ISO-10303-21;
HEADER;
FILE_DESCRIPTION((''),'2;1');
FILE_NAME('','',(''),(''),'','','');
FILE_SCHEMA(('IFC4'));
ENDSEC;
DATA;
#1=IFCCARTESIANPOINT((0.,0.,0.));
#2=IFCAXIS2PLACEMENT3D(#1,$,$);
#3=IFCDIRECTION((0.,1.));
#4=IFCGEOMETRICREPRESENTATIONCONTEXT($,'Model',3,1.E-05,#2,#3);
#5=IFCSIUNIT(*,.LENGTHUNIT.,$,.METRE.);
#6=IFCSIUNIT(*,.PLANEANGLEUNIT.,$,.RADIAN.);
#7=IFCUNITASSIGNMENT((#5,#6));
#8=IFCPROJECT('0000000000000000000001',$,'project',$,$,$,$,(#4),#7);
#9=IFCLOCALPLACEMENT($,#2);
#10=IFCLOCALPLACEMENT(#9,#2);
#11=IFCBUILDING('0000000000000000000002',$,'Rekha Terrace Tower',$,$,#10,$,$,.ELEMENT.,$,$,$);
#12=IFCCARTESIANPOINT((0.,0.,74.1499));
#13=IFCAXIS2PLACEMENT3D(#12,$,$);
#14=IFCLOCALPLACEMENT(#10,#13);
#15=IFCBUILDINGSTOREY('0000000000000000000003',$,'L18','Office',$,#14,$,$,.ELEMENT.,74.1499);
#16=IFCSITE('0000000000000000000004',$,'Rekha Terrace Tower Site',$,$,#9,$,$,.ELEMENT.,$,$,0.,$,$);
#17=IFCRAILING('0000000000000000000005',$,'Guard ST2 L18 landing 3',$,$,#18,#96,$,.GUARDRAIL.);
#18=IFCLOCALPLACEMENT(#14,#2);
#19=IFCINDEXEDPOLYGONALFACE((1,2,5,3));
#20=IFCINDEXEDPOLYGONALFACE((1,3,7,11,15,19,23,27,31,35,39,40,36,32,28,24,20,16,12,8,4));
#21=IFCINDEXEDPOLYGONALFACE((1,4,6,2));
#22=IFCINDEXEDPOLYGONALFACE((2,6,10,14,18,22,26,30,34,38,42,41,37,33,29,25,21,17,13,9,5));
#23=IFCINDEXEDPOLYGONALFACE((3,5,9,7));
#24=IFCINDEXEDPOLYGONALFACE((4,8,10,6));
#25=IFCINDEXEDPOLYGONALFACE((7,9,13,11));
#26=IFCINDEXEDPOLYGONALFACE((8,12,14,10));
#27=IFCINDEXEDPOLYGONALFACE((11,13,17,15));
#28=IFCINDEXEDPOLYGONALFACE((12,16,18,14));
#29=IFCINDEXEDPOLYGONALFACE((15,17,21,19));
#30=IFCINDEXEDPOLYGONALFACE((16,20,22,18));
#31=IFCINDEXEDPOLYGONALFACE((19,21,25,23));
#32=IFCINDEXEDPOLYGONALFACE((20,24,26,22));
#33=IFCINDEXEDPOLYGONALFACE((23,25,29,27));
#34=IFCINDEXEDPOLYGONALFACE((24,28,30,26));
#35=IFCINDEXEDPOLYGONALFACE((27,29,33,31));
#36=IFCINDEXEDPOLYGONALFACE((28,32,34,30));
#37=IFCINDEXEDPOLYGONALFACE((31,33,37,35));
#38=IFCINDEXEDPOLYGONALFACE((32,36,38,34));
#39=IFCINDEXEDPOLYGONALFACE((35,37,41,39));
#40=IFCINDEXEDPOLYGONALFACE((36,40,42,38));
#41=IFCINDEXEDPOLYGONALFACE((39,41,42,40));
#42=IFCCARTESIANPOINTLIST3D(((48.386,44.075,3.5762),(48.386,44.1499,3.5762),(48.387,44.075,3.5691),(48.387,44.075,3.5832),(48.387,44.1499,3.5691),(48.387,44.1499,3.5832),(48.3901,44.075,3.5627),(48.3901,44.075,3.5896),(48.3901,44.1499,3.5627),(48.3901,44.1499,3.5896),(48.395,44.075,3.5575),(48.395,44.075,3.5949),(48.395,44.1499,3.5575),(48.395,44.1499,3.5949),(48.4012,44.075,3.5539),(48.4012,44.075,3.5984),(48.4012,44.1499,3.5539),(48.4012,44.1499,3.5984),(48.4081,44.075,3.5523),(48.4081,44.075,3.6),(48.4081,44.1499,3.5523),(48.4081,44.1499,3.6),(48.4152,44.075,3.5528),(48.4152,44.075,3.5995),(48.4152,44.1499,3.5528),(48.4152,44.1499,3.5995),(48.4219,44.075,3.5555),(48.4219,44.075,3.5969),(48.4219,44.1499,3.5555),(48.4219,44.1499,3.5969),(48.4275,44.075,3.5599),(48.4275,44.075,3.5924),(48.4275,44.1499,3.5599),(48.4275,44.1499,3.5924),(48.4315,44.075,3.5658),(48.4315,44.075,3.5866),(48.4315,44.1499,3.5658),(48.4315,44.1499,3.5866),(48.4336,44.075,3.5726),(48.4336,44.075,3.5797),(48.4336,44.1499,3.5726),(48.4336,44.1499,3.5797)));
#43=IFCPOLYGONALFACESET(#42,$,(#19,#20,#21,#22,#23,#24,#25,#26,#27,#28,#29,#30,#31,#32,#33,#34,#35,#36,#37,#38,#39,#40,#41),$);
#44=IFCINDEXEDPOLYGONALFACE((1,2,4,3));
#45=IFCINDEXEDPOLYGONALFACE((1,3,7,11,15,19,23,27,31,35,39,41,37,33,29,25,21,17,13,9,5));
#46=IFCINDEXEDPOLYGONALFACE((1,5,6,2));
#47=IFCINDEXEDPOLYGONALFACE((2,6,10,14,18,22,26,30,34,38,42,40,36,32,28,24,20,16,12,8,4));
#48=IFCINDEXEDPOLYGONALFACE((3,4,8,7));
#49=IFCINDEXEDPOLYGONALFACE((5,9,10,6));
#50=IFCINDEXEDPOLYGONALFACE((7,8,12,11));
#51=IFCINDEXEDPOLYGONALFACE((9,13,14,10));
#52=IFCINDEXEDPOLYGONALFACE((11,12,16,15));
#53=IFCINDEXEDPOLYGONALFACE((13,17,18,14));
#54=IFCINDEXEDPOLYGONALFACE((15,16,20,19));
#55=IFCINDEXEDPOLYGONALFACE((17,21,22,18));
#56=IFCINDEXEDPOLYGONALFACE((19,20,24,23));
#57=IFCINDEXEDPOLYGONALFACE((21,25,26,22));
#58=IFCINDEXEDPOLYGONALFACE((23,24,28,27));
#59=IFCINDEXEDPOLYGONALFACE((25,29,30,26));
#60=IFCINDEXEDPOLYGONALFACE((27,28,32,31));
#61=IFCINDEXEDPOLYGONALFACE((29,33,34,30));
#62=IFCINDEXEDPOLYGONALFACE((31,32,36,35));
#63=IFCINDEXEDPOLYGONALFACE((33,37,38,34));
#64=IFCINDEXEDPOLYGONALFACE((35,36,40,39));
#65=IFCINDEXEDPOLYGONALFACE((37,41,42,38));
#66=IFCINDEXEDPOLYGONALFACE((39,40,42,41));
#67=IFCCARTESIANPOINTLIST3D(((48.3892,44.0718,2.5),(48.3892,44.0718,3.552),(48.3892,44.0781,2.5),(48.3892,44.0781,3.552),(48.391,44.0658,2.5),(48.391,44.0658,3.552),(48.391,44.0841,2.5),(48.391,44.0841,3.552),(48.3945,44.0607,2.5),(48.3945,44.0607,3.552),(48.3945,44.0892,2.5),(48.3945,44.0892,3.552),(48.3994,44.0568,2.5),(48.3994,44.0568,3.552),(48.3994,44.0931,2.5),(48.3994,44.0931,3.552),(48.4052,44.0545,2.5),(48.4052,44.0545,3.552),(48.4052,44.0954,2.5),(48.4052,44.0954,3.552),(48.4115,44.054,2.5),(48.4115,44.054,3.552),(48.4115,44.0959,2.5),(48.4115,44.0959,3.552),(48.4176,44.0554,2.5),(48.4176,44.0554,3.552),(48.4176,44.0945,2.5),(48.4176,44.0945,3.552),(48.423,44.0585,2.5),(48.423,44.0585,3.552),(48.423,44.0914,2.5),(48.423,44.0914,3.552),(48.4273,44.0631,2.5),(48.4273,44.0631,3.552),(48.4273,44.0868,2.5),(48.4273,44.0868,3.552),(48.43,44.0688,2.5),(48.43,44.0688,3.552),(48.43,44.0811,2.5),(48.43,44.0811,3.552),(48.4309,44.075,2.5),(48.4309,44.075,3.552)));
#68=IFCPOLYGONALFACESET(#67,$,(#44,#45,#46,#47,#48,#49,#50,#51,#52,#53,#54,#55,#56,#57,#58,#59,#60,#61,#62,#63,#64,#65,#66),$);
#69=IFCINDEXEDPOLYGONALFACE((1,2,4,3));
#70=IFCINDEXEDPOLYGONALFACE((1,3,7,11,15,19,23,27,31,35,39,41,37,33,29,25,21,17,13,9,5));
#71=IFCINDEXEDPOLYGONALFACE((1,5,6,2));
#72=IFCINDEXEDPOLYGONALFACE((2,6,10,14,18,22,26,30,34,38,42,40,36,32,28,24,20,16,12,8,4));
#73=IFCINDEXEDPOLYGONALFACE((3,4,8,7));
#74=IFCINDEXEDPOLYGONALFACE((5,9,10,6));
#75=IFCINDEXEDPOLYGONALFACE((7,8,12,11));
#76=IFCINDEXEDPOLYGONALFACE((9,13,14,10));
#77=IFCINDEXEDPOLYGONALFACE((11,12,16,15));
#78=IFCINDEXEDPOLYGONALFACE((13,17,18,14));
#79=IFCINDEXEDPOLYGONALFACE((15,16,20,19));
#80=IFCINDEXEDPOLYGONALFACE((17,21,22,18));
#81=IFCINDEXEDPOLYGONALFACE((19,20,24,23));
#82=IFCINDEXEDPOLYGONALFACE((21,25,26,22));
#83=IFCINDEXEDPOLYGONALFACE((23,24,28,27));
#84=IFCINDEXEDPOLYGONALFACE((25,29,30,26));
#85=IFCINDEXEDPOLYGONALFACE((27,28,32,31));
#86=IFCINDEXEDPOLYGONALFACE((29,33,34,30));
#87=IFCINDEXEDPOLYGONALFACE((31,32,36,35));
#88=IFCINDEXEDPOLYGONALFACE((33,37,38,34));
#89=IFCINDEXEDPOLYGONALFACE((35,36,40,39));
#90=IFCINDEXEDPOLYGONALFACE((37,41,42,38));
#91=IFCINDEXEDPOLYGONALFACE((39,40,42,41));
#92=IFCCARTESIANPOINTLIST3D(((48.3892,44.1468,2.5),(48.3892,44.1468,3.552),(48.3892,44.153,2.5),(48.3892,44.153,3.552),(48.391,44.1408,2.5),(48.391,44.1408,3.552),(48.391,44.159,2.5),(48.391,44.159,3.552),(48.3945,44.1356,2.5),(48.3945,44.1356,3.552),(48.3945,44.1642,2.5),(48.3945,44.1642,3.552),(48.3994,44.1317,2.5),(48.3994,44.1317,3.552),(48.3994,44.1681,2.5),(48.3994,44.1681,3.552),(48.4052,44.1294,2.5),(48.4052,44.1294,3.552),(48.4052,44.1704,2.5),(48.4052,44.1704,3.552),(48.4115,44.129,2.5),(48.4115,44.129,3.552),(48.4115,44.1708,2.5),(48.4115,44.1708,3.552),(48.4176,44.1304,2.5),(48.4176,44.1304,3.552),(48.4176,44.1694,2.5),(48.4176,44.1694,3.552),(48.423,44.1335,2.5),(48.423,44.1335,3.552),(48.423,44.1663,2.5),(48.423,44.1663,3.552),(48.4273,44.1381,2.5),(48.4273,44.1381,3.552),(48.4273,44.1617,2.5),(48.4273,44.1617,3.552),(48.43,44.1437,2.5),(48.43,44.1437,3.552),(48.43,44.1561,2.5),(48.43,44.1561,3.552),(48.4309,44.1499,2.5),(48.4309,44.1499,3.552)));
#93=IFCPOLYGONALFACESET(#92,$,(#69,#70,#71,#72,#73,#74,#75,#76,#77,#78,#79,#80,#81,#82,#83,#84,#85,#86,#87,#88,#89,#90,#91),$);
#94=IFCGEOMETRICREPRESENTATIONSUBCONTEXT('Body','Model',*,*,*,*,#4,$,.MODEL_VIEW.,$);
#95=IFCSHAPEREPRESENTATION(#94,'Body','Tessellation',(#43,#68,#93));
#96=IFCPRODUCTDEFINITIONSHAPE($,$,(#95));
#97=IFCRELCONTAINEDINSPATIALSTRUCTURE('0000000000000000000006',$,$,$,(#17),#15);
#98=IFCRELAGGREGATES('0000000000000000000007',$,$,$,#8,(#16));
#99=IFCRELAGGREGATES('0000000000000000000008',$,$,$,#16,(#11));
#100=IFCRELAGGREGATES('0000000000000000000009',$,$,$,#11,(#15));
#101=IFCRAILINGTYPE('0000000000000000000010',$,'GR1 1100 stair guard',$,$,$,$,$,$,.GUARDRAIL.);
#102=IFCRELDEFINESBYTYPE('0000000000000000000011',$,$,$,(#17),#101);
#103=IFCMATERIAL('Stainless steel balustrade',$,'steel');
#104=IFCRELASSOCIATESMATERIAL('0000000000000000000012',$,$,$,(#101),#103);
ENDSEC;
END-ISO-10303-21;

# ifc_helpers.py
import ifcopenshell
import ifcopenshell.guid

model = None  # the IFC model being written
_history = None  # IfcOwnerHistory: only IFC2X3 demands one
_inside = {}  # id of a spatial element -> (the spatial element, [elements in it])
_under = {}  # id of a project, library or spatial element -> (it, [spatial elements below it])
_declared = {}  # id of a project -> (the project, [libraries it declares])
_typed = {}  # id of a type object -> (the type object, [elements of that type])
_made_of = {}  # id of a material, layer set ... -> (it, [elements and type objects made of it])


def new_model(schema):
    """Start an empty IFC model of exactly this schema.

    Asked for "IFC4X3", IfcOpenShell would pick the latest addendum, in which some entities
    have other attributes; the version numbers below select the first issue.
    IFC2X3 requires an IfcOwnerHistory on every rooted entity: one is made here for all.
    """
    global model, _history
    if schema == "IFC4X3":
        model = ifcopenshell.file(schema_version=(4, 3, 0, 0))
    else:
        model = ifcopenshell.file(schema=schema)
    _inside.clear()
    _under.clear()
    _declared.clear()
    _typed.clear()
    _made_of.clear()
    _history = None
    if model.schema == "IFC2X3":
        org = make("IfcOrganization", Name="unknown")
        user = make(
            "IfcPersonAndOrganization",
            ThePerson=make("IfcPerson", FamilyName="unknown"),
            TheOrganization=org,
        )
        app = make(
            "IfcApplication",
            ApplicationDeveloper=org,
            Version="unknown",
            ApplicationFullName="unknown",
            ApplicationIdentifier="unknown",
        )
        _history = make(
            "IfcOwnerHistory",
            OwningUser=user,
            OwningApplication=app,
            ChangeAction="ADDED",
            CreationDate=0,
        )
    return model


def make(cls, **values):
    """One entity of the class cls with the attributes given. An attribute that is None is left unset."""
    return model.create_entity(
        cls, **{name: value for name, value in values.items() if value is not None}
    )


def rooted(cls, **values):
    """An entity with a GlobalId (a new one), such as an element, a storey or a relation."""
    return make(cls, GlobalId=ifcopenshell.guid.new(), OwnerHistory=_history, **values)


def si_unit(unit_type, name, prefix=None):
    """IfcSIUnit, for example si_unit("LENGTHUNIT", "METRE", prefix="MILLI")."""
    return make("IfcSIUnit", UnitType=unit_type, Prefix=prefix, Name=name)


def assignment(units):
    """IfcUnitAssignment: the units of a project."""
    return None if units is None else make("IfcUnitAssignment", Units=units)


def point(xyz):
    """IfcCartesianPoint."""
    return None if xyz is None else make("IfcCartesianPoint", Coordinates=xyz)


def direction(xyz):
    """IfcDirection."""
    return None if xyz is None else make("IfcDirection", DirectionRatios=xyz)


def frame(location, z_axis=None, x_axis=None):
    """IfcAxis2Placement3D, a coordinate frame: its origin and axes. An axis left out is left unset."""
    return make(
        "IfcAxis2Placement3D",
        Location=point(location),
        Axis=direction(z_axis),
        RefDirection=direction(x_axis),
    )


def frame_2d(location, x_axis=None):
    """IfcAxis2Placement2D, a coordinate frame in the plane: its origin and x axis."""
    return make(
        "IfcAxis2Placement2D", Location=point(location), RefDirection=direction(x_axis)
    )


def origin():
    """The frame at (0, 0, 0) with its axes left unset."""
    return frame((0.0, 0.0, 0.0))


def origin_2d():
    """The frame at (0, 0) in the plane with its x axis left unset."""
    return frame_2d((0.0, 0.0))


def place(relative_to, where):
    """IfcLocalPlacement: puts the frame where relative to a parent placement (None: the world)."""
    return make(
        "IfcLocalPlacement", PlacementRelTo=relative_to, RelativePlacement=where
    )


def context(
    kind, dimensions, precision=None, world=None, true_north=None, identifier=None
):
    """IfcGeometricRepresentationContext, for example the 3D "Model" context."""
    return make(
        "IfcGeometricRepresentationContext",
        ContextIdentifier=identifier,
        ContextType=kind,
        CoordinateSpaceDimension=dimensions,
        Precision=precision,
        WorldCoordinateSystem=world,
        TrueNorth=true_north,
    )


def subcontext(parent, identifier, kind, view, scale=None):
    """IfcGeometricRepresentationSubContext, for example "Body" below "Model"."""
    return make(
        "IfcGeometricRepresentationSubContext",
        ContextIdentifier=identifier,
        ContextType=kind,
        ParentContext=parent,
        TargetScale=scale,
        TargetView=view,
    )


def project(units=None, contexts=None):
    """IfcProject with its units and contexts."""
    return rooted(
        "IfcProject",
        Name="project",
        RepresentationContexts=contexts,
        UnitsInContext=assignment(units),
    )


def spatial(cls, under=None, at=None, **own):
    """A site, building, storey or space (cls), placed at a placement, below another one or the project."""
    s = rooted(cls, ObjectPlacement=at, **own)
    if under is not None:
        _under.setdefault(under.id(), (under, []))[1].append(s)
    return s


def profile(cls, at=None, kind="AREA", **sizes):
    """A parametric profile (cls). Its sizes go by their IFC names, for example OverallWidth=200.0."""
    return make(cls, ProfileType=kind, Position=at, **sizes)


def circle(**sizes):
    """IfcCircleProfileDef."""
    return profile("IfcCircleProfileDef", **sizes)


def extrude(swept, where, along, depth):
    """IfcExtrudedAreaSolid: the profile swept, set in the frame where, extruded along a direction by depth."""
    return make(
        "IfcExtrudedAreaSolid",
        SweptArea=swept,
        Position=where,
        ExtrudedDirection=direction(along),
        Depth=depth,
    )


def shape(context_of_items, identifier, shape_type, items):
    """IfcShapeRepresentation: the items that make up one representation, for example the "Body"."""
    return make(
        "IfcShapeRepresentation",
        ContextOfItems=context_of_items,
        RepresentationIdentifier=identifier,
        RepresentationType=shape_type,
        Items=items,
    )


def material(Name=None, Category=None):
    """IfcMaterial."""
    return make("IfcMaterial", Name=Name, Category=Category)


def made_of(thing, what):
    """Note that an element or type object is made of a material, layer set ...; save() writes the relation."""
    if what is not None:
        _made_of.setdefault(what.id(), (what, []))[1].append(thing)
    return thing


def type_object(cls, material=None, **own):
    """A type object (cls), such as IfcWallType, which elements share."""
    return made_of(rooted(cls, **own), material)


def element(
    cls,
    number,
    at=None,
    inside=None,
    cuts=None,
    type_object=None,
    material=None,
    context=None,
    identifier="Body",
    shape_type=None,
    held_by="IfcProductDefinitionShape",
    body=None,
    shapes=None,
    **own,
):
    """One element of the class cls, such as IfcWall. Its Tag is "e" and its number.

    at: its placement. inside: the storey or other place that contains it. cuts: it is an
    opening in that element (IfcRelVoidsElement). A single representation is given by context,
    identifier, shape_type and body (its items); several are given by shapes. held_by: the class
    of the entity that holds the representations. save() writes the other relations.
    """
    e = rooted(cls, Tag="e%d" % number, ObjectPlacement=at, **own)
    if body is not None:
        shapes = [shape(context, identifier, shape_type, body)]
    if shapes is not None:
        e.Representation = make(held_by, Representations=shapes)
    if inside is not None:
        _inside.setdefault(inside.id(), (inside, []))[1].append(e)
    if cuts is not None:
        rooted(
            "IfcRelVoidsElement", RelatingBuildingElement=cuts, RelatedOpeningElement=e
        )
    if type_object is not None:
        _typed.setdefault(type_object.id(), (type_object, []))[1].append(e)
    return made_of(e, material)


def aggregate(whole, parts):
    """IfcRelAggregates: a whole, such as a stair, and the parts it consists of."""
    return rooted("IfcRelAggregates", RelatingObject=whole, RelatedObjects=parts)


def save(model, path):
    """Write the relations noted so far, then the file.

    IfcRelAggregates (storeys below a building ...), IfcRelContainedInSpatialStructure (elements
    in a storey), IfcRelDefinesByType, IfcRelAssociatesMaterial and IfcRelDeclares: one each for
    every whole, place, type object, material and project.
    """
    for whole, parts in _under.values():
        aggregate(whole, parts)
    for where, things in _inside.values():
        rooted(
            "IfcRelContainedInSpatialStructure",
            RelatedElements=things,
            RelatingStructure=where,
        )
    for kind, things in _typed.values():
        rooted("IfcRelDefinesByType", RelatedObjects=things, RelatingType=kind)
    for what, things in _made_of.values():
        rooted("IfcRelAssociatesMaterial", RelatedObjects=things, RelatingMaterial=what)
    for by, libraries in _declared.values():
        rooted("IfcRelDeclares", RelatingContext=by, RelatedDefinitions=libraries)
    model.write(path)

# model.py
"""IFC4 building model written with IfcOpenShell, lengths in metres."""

from ifc_helpers import new_model, si_unit, direction, frame, origin, origin_2d, place, context, subcontext, project, spatial, circle, extrude, material, type_object, element, save


model = new_model("IFC4")

# Units and contexts
model_context = context("Model", 3, precision=1e-05, world=origin(), true_north=direction((0.0, 1.0)))
body_context = subcontext(model_context, "Body", "Model", "MODEL_VIEW")
ifc_project = project(units=[si_unit("LENGTHUNIT", "METRE"), si_unit("PLANEANGLEUNIT", "RADIAN")], contexts=[model_context])

# Site, building, storey
site_placement = place(None, origin())
site = spatial("IfcSite", under=ifc_project, at=site_placement, Name="Rekha Terrace Tower Site", CompositionType="ELEMENT", RefElevation=0.0)
building_placement = place(site_placement, origin())
building = spatial("IfcBuilding", under=site, at=building_placement, Name="Rekha Terrace Tower", CompositionType="ELEMENT")
storey_placement = place(building_placement, frame((0.0, 0.0, 74.1499)))
storey = spatial("IfcBuildingStorey", under=building, at=storey_placement, Name="L18", Description="Office", CompositionType="ELEMENT", Elevation=74.1499)

# Railing
ifc_material_1 = material(Name="Stainless steel balustrade", Category="steel")
railing_type_1 = type_object("IfcRailingType", Name="GR1 1100 stair guard", PredefinedType="GUARDRAIL", material=ifc_material_1)
railing_1_placement = place(storey_placement, frame((48.4099, 44.075, 2.5)))
element("IfcRailing", 1, at=railing_1_placement, inside=storey, type_object=railing_type_1, Name="Guard ST2 L18 landing 3", PredefinedType="GUARDRAIL", context=body_context, shape_type="SweptSolid", body=[
    extrude(circle(Radius=0.0239, at=origin_2d()), frame((0.0, 0.0, 1.0762), z_axis=(0.0, 1.0, 0.0), x_axis=(-1.0, 0.0, 0.0)), (0.0, 0.0, 1.0), 0.075),
    extrude(circle(Radius=0.021, at=origin_2d()), origin(), (0.0, 0.0, 1.0), 1.052),
    extrude(circle(Radius=0.021, at=origin_2d()), frame((0.0, 0.075, 0.0)), (0.0, 0.0, 1.0), 1.052),
])

save(model, "model.ifc")
